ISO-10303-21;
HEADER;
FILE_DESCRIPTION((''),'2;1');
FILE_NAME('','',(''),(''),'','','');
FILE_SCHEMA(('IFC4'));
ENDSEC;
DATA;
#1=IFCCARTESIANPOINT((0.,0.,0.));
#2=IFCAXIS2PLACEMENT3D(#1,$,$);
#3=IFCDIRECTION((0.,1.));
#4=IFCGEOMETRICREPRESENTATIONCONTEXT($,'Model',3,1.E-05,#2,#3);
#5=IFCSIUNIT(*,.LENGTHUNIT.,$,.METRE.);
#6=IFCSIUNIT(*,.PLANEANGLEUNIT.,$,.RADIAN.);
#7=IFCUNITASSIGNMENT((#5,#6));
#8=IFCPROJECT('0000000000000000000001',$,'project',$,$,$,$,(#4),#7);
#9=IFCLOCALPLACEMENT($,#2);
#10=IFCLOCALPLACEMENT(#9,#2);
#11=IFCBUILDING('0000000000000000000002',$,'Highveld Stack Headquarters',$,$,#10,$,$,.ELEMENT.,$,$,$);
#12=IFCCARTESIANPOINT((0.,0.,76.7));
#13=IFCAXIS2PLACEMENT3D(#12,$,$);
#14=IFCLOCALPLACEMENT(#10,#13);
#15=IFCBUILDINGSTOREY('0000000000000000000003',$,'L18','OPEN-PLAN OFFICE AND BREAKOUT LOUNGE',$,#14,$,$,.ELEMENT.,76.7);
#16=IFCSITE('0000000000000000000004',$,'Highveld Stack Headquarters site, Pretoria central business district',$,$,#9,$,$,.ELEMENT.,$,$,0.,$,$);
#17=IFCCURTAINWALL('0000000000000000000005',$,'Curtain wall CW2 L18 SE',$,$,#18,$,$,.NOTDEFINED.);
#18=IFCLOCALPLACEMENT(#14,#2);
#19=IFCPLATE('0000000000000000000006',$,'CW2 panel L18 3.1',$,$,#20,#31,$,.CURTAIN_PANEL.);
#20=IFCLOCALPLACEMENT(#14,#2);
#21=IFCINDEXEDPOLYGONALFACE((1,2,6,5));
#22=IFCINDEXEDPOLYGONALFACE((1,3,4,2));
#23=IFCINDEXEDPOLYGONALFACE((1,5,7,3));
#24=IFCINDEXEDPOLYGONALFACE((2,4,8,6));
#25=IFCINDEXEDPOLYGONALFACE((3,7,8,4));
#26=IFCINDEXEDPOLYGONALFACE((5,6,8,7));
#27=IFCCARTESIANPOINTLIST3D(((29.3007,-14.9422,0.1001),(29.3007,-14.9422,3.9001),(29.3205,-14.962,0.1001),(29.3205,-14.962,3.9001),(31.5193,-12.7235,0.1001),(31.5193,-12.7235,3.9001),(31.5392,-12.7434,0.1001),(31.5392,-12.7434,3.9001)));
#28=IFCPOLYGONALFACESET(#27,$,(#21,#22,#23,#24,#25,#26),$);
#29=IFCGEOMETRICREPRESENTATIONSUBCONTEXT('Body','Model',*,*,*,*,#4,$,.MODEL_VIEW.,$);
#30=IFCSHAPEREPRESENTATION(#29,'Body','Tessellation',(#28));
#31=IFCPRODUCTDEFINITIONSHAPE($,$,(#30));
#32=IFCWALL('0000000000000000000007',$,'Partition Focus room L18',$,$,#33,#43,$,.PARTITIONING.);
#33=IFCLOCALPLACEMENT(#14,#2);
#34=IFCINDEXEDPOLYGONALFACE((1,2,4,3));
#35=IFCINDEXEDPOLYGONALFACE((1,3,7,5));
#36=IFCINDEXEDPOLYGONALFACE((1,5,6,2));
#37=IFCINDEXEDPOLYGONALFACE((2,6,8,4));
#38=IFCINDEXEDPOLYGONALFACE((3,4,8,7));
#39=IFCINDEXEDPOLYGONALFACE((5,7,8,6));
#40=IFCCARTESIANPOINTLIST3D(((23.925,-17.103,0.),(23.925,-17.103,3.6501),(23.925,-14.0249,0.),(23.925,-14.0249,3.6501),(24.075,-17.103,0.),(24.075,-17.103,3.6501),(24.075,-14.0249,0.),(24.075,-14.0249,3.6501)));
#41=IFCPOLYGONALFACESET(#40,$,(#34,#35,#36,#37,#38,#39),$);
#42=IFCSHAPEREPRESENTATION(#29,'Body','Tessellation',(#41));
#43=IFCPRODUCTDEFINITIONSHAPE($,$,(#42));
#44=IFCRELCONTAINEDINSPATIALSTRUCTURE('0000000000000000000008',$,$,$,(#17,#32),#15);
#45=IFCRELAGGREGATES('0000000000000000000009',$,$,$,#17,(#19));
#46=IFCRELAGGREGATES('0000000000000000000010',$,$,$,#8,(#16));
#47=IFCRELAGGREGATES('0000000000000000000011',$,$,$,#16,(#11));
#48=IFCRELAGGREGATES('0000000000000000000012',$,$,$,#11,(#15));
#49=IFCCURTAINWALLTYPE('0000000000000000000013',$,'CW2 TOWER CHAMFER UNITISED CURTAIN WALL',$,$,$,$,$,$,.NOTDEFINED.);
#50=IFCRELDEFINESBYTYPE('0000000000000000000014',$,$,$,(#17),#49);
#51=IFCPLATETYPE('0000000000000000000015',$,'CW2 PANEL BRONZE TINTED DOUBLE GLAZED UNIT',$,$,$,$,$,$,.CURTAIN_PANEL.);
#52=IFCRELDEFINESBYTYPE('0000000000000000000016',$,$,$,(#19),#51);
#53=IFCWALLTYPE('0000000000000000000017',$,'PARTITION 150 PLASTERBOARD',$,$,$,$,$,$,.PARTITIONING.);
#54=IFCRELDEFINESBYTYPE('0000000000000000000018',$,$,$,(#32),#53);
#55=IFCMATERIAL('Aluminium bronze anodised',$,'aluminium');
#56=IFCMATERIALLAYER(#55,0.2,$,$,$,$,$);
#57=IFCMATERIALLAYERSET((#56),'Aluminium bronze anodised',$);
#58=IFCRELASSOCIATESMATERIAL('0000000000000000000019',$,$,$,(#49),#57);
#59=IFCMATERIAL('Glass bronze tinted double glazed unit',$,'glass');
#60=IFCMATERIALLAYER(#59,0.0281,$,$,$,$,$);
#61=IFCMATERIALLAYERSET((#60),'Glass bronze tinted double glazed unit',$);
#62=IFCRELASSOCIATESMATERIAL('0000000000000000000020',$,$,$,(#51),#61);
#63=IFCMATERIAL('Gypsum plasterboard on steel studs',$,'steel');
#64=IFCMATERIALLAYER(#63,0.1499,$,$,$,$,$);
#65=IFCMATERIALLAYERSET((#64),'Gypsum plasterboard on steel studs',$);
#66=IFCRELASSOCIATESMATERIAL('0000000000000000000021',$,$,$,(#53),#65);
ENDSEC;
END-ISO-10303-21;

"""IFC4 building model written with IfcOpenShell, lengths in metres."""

from ifc_helpers import new_model, si_unit, direction, frame, frame_2d, origin, origin_2d, place, context, subcontext, project, spatial, rectangle, extrude, material, layer, layer_set, type_object, element, aggregate, save


model = new_model("IFC4")

# Units and contexts
model_context = context("Model", 3, precision=1e-05, world=origin(), true_north=direction((0.0, 1.0)))
body_context = subcontext(model_context, "Body", "Model", "MODEL_VIEW")
ifc_project = project(units=[si_unit("LENGTHUNIT", "METRE"), si_unit("PLANEANGLEUNIT", "RADIAN")], contexts=[model_context])

# Site, building, storey
site_placement = place(None, origin())
site = spatial("IfcSite", under=ifc_project, at=site_placement, Name="Highveld Stack Headquarters site, Pretoria central business district", CompositionType="ELEMENT", RefElevation=0.0)
building_placement = place(site_placement, origin())
building = spatial("IfcBuilding", under=site, at=building_placement, Name="Highveld Stack Headquarters", CompositionType="ELEMENT")
storey_placement = place(building_placement, frame((0.0, 0.0, 76.7)))
storey = spatial("IfcBuildingStorey", under=building, at=storey_placement, Name="L18", Description="OPEN-PLAN OFFICE AND BREAKOUT LOUNGE", CompositionType="ELEMENT", Elevation=76.7)

# Curtain wall
ifc_material_1 = material(Name="Aluminium bronze anodised", Category="aluminium")
ifc_layer_1 = layer(ifc_material_1, 0.2)
ifc_layer_set_1 = layer_set([ifc_layer_1], Name="Aluminium bronze anodised")
curtain_wall_type_1 = type_object("IfcCurtainWallType", Name="CW2 TOWER CHAMFER UNITISED CURTAIN WALL", PredefinedType="NOTDEFINED", material=ifc_layer_set_1)
curtain_wall_1_placement = place(storey_placement, origin())
curtain_wall_1 = element("IfcCurtainWall", 1, at=curtain_wall_1_placement, inside=storey, type_object=curtain_wall_type_1, Name="Curtain wall CW2 L18 SE", PredefinedType="NOTDEFINED")

# Plate
ifc_material_2 = material(Name="Glass bronze tinted double glazed unit", Category="glass")
ifc_layer_2 = layer(ifc_material_2, 0.0281)
ifc_layer_set_2 = layer_set([ifc_layer_2], Name="Glass bronze tinted double glazed unit")
plate_type_1 = type_object("IfcPlateType", Name="CW2 PANEL BRONZE TINTED DOUBLE GLAZED UNIT", PredefinedType="CURTAIN_PANEL", material=ifc_layer_set_2)
plate_1_placement = place(storey_placement, frame((30.4199, -13.8428, 0.1001), z_axis=(0.0, 0.0, 1.0), x_axis=(0.707107, 0.707107, 0.0)))
plate_1 = element("IfcPlate", 2, at=plate_1_placement, type_object=plate_type_1, Name="CW2 panel L18 3.1", PredefinedType="CURTAIN_PANEL", context=body_context, shape_type="SweptSolid", body=[
    extrude(rectangle(XDim=3.1377, YDim=0.0281, at=origin_2d()), origin(), (0.0, 0.0, 1.0), 3.8),
])
aggregate(curtain_wall_1, [plate_1])

# Wall
ifc_material_3 = material(Name="Gypsum plasterboard on steel studs", Category="steel")
ifc_layer_3 = layer(ifc_material_3, 0.1499)
ifc_layer_set_3 = layer_set([ifc_layer_3], Name="Gypsum plasterboard on steel studs")
wall_type = type_object("IfcWallType", Name="PARTITION 150 PLASTERBOARD", PredefinedType="PARTITIONING", material=ifc_layer_set_3)
wall_placement = place(storey_placement, frame((24.0, -17.103, 0.0), z_axis=(0.0, 0.0, 1.0), x_axis=(0.0, 1.0, 0.0)))
element("IfcWall", 3, at=wall_placement, inside=storey, type_object=wall_type, Name="Partition Focus room L18", PredefinedType="PARTITIONING", context=body_context, shape_type="SweptSolid", body=[
    extrude(rectangle(XDim=3.0781, YDim=0.1499, at=frame_2d((1.5391, 0.0))), origin(), (0.0, 0.0, 1.0), 3.6501),
])

save(model, "model.ifc")
